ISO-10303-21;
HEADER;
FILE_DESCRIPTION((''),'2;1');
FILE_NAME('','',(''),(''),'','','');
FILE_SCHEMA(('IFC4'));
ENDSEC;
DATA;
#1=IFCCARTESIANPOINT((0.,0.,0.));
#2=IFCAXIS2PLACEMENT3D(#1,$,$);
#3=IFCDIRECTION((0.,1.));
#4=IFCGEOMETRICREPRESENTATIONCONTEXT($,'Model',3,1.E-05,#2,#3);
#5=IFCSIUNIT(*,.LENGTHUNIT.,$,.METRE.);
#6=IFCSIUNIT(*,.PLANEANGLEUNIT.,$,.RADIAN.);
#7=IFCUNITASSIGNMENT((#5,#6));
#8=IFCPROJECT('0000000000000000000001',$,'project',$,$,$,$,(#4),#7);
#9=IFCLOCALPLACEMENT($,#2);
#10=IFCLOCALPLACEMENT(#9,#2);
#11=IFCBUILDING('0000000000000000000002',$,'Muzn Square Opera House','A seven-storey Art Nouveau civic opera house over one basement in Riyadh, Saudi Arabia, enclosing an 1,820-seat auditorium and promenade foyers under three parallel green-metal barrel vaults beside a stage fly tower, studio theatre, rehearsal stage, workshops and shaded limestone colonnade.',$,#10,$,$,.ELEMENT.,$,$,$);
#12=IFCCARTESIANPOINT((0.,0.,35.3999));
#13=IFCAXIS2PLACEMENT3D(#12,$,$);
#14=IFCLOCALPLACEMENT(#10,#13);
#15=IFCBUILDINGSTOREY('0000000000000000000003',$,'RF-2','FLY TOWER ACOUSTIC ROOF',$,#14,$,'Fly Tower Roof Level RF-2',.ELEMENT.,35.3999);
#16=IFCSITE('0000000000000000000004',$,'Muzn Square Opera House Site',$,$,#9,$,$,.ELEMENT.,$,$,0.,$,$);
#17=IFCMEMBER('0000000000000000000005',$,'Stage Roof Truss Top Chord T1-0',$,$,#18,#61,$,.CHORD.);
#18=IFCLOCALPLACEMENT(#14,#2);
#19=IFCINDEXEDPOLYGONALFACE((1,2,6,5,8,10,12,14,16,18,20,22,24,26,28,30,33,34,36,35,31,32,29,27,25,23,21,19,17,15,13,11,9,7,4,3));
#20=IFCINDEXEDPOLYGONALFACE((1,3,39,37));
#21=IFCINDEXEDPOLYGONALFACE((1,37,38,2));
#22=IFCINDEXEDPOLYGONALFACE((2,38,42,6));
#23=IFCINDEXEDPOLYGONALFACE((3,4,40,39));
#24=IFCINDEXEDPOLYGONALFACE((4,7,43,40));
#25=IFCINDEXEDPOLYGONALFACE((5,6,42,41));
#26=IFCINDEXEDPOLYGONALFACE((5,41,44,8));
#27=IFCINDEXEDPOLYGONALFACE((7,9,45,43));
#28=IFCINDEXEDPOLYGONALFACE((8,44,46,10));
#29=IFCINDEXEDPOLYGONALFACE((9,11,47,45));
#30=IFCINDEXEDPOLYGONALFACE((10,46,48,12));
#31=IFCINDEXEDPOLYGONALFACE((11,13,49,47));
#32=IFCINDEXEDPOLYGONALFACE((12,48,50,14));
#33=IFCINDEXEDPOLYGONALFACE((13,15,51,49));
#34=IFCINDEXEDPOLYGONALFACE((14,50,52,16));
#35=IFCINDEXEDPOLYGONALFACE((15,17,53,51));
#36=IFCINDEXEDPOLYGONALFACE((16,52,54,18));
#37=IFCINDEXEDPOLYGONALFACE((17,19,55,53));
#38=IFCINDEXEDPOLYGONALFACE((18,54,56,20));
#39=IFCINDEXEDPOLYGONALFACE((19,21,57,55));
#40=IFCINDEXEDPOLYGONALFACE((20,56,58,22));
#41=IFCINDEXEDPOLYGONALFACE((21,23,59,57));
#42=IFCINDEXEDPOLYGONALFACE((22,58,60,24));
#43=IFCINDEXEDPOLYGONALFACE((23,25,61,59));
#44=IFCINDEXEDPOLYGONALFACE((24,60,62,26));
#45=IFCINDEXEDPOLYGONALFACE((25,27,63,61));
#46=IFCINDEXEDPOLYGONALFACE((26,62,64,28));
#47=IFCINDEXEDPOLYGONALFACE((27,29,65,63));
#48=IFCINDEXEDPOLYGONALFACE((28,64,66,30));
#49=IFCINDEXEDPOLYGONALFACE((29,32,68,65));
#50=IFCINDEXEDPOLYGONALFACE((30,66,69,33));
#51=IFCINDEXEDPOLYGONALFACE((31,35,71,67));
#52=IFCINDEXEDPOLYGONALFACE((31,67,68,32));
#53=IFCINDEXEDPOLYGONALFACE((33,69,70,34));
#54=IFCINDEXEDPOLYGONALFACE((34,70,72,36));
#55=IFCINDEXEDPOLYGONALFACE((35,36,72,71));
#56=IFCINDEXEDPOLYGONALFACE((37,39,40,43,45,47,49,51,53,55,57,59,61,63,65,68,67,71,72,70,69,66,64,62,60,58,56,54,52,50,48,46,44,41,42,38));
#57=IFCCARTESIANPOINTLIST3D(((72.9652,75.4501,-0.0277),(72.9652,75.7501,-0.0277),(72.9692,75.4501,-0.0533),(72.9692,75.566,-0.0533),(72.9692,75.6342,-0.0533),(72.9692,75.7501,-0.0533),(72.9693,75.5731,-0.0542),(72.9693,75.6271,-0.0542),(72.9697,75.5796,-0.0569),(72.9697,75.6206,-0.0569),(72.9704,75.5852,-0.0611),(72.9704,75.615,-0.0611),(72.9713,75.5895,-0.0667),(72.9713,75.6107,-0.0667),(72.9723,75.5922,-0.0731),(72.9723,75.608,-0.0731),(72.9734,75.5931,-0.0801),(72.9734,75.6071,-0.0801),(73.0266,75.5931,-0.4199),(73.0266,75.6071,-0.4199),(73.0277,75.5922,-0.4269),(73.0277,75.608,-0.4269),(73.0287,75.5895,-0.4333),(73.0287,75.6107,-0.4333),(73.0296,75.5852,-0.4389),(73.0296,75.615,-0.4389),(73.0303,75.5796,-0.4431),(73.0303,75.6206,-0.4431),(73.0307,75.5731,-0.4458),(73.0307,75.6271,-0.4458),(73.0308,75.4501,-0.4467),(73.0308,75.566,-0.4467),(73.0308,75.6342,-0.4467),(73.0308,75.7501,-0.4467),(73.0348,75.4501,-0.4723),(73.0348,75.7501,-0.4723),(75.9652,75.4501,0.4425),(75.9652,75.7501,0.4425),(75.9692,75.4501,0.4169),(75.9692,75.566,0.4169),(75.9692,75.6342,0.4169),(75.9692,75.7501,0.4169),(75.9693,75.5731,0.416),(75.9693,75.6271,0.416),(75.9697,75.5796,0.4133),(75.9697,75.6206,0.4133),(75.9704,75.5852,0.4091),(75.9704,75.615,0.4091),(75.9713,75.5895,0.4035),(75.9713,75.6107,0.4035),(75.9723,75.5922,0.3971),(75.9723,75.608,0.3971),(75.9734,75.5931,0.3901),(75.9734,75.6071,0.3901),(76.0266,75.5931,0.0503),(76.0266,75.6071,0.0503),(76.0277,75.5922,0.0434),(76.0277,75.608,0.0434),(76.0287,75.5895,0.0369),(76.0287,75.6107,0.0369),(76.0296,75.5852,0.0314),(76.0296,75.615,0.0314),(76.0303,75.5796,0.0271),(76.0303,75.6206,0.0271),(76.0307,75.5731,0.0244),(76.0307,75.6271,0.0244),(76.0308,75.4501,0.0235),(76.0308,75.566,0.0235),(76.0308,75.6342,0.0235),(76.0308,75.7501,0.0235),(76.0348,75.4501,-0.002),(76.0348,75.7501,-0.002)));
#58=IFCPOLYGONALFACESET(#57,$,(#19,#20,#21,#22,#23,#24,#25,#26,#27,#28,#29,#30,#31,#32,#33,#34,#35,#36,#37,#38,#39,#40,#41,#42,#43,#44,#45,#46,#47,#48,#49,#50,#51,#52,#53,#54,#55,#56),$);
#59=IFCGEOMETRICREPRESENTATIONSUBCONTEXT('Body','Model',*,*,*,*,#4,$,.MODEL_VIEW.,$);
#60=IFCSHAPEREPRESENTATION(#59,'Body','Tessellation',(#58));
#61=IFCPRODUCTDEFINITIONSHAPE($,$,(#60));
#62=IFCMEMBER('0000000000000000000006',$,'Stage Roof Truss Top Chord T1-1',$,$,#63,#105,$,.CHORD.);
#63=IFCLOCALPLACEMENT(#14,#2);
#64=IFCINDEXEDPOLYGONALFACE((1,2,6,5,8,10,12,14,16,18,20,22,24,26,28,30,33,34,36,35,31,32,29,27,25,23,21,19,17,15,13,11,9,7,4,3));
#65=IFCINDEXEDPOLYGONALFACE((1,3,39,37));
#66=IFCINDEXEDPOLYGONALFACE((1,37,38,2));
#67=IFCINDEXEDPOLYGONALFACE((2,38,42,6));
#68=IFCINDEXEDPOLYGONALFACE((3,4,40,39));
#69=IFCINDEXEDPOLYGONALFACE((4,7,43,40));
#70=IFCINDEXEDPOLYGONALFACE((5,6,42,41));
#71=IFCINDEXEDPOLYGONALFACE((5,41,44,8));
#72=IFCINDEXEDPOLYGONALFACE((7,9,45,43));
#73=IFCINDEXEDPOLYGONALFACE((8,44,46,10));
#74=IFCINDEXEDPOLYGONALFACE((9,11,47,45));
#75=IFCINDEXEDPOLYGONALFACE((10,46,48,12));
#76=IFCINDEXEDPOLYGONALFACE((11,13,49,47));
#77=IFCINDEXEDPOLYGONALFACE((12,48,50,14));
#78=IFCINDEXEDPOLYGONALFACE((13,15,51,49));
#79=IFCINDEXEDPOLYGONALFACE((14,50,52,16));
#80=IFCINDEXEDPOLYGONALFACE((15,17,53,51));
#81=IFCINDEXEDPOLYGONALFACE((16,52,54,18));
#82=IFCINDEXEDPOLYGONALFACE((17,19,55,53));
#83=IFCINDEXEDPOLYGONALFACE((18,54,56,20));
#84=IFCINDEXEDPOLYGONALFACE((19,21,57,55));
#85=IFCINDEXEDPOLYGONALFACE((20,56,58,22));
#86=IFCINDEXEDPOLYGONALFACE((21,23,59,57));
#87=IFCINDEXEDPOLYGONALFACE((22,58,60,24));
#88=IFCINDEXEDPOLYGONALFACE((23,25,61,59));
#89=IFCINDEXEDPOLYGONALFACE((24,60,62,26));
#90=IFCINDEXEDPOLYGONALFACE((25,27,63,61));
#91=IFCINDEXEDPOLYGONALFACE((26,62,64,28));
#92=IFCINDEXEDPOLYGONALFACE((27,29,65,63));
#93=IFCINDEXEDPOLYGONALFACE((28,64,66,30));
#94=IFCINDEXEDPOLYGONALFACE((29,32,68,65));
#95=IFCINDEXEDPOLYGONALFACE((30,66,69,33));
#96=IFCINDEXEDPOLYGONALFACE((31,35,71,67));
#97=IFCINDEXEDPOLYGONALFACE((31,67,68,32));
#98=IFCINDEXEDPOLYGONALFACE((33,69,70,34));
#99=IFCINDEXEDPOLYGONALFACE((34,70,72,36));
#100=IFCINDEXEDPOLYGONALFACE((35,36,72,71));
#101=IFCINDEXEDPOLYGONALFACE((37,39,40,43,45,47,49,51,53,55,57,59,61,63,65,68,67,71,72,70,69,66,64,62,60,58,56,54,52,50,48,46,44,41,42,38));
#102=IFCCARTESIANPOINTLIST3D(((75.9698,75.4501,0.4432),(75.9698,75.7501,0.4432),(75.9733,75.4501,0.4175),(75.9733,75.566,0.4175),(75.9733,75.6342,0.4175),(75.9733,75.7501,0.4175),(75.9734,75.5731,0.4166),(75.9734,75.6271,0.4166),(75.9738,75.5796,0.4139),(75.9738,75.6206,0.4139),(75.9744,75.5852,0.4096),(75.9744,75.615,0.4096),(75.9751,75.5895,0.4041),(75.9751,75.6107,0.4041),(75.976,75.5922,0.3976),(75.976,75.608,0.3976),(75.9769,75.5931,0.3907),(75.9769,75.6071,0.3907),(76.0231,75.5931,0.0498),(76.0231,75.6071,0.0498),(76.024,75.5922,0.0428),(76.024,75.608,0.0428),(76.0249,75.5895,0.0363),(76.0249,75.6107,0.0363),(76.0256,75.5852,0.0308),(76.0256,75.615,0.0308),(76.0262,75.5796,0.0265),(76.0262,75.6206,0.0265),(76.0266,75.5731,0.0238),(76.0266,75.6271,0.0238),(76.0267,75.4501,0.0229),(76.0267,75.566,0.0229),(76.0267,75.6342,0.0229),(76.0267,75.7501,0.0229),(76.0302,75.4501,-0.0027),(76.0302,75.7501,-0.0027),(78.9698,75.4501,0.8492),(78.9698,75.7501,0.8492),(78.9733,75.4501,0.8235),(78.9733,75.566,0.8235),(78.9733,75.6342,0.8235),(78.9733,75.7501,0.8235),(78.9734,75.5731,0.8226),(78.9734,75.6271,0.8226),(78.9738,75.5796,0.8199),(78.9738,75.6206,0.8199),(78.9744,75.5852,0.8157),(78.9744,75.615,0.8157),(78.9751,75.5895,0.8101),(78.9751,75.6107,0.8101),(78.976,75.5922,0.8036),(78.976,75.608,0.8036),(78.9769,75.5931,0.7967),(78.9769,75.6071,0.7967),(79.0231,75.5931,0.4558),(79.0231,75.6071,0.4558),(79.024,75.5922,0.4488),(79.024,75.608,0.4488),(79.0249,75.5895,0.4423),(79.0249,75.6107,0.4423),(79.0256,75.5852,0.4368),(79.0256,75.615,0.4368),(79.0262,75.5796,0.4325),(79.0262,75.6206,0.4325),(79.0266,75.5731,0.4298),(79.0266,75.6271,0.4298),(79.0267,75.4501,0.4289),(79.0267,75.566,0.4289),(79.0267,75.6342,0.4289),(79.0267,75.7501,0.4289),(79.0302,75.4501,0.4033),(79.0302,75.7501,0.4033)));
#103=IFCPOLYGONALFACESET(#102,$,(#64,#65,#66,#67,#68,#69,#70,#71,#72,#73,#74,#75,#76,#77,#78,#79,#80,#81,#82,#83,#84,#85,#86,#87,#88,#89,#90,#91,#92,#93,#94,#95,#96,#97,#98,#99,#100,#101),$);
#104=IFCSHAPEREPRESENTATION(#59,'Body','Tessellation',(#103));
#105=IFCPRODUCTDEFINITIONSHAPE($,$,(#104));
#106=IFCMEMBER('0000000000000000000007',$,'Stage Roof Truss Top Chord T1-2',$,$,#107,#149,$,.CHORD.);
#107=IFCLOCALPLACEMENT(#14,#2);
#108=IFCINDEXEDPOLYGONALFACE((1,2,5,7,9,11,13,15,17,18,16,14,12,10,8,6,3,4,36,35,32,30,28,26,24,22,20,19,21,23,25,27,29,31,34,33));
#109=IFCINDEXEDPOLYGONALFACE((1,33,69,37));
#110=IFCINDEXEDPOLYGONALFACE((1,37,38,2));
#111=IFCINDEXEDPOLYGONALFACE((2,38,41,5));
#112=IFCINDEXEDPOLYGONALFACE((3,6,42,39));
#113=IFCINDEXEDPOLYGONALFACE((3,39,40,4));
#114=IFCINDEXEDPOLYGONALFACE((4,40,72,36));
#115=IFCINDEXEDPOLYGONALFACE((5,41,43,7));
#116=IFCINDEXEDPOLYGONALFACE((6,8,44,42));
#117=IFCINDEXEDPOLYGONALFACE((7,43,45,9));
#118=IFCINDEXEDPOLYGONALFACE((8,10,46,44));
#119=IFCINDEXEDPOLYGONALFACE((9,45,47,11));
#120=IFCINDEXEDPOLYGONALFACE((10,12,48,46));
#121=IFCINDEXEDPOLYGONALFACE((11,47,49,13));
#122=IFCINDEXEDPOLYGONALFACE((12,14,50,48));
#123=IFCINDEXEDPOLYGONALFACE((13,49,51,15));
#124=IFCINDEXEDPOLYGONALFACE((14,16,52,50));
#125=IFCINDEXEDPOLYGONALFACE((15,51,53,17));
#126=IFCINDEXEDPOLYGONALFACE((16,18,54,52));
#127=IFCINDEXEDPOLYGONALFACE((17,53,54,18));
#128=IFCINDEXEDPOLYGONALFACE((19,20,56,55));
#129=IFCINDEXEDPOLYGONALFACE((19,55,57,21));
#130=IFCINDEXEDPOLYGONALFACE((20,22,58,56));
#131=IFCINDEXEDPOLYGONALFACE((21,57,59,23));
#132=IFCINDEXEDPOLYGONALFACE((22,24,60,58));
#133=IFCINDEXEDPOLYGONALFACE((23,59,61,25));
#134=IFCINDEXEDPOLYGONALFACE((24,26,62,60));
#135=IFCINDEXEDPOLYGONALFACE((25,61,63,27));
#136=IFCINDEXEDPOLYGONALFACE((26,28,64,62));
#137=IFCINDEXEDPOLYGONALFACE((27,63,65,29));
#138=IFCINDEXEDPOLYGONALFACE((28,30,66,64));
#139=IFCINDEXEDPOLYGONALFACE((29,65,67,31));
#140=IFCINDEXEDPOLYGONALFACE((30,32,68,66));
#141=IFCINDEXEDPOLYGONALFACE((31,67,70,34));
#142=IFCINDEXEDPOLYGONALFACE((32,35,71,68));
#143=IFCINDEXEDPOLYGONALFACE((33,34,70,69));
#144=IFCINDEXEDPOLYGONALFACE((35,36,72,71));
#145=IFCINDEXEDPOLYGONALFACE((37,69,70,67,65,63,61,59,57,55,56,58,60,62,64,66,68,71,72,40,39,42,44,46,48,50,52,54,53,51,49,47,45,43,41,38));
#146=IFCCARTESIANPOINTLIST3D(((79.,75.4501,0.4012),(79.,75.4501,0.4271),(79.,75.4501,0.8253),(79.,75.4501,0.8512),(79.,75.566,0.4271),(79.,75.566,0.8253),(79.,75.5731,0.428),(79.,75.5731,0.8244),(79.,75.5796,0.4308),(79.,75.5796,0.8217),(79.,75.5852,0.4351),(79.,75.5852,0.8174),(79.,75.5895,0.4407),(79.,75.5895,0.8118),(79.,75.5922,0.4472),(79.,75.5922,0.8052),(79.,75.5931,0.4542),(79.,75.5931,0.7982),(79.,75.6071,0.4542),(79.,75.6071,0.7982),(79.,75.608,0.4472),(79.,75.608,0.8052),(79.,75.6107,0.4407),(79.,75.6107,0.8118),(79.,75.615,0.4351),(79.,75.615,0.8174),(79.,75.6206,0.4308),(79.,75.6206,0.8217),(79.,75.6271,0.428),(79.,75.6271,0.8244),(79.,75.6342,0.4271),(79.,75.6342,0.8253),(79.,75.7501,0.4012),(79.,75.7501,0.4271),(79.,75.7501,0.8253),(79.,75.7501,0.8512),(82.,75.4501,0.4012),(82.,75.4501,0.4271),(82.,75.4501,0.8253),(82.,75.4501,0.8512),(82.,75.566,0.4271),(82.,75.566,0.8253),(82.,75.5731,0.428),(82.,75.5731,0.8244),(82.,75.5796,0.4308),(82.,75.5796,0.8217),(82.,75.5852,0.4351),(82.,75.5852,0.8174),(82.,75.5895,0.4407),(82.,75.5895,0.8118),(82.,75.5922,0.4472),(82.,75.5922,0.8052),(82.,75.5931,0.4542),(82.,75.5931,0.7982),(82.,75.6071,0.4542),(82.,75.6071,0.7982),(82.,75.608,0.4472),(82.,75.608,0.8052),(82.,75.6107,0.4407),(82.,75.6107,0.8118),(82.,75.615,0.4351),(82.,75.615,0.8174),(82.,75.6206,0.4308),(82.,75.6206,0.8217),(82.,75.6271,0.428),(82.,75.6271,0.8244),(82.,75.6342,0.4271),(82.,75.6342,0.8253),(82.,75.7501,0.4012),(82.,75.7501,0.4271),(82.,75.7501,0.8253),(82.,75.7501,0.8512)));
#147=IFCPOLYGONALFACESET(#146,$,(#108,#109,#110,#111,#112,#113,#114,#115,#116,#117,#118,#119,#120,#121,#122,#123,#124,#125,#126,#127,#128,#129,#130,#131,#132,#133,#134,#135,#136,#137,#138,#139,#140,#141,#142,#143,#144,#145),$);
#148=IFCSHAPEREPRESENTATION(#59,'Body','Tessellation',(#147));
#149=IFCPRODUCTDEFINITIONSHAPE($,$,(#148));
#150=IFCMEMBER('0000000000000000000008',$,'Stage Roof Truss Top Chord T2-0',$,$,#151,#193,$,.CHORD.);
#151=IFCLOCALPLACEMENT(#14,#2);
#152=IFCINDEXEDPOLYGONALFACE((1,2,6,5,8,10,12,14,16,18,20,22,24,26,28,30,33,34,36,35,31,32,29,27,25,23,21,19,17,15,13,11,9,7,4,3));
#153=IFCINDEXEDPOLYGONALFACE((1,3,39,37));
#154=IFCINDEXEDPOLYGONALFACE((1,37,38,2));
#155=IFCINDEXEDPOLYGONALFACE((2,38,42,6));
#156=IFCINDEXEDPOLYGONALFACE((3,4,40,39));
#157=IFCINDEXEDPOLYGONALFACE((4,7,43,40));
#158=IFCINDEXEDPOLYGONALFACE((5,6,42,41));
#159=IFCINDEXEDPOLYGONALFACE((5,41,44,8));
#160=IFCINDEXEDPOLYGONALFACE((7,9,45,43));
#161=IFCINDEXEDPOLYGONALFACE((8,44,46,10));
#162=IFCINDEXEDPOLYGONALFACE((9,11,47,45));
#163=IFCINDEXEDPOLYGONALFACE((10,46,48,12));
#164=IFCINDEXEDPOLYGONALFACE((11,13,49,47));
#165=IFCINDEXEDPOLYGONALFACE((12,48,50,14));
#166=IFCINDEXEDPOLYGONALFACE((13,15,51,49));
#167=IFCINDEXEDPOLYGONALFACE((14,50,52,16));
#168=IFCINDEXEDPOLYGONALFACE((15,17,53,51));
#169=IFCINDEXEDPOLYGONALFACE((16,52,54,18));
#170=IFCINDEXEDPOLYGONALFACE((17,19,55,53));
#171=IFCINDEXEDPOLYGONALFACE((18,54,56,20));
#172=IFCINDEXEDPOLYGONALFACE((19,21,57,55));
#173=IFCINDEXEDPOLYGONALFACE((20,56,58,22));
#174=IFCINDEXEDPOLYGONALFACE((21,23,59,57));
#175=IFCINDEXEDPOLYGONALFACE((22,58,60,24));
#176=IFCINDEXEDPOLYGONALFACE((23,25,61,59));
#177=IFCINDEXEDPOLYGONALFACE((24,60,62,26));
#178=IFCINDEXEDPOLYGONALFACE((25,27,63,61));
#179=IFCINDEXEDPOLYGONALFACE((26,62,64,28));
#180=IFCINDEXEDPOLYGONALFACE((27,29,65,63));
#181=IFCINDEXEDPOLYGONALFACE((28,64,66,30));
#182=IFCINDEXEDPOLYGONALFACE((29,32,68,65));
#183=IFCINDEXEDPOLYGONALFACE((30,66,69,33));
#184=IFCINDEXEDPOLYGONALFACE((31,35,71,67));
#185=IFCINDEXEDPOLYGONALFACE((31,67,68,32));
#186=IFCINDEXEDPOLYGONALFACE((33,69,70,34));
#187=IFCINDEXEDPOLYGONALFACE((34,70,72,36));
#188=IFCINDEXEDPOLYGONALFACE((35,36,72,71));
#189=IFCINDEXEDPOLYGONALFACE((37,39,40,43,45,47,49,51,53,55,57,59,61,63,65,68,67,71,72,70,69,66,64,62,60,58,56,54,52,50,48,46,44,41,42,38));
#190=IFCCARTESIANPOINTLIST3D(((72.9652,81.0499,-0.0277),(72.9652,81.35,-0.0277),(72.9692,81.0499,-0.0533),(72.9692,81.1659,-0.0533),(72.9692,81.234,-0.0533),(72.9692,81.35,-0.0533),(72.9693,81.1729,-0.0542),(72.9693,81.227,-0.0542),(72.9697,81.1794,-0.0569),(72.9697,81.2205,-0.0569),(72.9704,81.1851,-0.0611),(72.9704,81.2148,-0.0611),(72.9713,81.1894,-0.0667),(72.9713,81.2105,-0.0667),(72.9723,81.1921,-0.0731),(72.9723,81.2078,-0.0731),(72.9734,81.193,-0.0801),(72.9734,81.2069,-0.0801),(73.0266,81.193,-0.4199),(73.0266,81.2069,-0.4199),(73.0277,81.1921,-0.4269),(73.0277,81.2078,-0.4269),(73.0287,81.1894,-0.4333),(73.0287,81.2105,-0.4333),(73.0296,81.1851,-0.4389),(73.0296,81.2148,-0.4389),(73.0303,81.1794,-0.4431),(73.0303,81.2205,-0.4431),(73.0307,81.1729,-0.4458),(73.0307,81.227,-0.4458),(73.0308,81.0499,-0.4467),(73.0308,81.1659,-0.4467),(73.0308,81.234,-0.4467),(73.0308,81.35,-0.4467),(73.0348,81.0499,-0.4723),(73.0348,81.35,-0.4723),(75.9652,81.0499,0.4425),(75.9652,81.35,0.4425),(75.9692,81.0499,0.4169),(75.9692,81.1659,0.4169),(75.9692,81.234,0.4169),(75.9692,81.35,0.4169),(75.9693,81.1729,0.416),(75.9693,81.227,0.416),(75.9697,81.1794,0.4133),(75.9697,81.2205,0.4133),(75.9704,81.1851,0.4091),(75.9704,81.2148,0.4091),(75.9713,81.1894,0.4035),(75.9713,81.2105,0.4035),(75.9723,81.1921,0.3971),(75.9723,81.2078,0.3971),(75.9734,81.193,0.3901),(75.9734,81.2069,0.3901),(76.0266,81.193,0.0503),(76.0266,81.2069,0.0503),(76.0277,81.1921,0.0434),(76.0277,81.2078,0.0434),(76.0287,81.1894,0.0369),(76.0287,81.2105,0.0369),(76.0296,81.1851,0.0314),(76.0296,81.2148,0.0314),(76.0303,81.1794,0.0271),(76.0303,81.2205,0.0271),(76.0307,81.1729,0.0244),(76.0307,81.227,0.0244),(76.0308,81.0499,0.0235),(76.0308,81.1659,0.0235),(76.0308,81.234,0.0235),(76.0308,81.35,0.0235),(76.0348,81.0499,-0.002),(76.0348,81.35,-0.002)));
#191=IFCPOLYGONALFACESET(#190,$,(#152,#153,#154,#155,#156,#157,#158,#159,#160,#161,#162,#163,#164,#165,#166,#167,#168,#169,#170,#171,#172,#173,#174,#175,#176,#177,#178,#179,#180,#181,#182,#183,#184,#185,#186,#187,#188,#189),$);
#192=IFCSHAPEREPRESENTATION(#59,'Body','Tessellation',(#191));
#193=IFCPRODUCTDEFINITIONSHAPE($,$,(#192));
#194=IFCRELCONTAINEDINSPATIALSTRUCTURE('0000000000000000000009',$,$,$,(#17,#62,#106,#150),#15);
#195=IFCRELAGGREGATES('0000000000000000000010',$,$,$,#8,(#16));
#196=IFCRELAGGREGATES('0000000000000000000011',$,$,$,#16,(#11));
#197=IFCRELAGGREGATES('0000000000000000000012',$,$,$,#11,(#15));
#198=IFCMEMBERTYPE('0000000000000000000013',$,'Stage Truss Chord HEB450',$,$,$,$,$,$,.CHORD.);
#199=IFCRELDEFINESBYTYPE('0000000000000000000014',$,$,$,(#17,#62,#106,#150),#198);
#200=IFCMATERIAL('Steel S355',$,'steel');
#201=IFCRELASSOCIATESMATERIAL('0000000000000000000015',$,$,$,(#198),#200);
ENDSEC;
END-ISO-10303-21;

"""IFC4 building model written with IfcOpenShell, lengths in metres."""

from ifc_helpers import new_model, si_unit, direction, frame, origin, origin_2d, place, context, subcontext, project, spatial, i_section, extrude, material, material_profile, profile_set, type_object, element, save


model = new_model("IFC4")

# Units and contexts
model_context = context("Model", 3, precision=1e-05, world=origin(), true_north=direction((0.0, 1.0)))
body_context = subcontext(model_context, "Body", "Model", "MODEL_VIEW")
ifc_project = project(units=[si_unit("LENGTHUNIT", "METRE"), si_unit("PLANEANGLEUNIT", "RADIAN")], contexts=[model_context])

# Site, building, storey
site_placement = place(None, origin())
site = spatial("IfcSite", under=ifc_project, at=site_placement, Name="Muzn Square Opera House Site", CompositionType="ELEMENT", RefElevation=0.0)
building_placement = place(site_placement, origin())
building = spatial("IfcBuilding", under=site, at=building_placement, Name="Muzn Square Opera House", Description="A seven-storey Art Nouveau civic opera house over one basement in Riyadh, Saudi Arabia, enclosing an 1,820-seat auditorium and promenade foyers under three parallel green-metal barrel vaults beside a stage fly tower, studio theatre, rehearsal stage, workshops and shaded limestone colonnade.", CompositionType="ELEMENT")
storey_placement = place(building_placement, frame((0.0, 0.0, 35.3999)))
storey = spatial("IfcBuildingStorey", under=building, at=storey_placement, Name="RF-2", Description="FLY TOWER ACOUSTIC ROOF", LongName="Fly Tower Roof Level RF-2", CompositionType="ELEMENT", Elevation=35.3999)

# Members
ifc_material = material(Name="Steel S355", Category="steel")
ifc_material_profile_1 = material_profile(ifc_material, i_section(OverallWidth=0.3, OverallDepth=0.45, WebThickness=0.0139, FlangeThickness=0.0259, FilletRadius=0.0271, at=origin_2d()), Name="HEB 450", Category="steel")
ifc_profile_set_1 = profile_set([ifc_material_profile_1], Name="Steel S355")
member_type_1 = type_object("IfcMemberType", Name="Stage Truss Chord HEB450", PredefinedType="CHORD", material=ifc_profile_set_1)
member_1_placement = place(storey_placement, frame((73.0, 75.6001, -0.25), z_axis=(0.987938, 0.0, 0.154848), x_axis=(0.0, 1.0, 0.0)))
element("IfcMember", 1, at=member_1_placement, inside=storey, type_object=member_type_1, Name="Stage Roof Truss Top Chord T1-0", PredefinedType="CHORD", context=body_context, shape_type="SweptSolid", body=[
    extrude(i_section(OverallWidth=0.3, OverallDepth=0.45, WebThickness=0.0139, FlangeThickness=0.0259, FilletRadius=0.0271, at=origin_2d()), origin(), (0.0, 0.0, 1.0), 3.0366),
])
member_2_placement = place(storey_placement, frame((76.0, 75.6001, 0.2202), z_axis=(0.990966, 0.0, 0.134113), x_axis=(0.0, 1.0, 0.0)))
element("IfcMember", 2, at=member_2_placement, inside=storey, type_object=member_type_1, Name="Stage Roof Truss Top Chord T1-1", PredefinedType="CHORD", context=body_context, shape_type="SweptSolid", body=[
    extrude(i_section(OverallWidth=0.3, OverallDepth=0.45, WebThickness=0.0139, FlangeThickness=0.0259, FilletRadius=0.0271, at=origin_2d()), origin(), (0.0, 0.0, 1.0), 3.0273),
])
member_3_placement = place(storey_placement, frame((79.0, 75.6001, 0.6262), z_axis=(1.0, 0.0, 0.0), x_axis=(0.0, 1.0, 0.0)))
element("IfcMember", 3, at=member_3_placement, inside=storey, type_object=member_type_1, Name="Stage Roof Truss Top Chord T1-2", PredefinedType="CHORD", context=body_context, shape_type="SweptSolid", body=[
    extrude(i_section(OverallWidth=0.3, OverallDepth=0.45, WebThickness=0.0139, FlangeThickness=0.0259, FilletRadius=0.0271, at=origin_2d()), origin(), (0.0, 0.0, 1.0), 3.0),
])
for number, where, z_axis, x_axis, name in (
    (4, (73.0, 81.2, -0.25), (0.987938, 0.0, 0.154848), (0.0, 1.0, 0.0), "Stage Roof Truss Top Chord T2-0"),
):
    element("IfcMember", number, at=place(storey_placement, frame(where, z_axis=z_axis, x_axis=x_axis)), inside=storey, type_object=member_type_1, Name=name, PredefinedType="CHORD", context=body_context, shape_type="SweptSolid", body=[
        extrude(i_section(OverallWidth=0.3, OverallDepth=0.45, WebThickness=0.0139, FlangeThickness=0.0259, FilletRadius=0.0271, at=origin_2d()), origin(), (0.0, 0.0, 1.0), 3.0366),
    ])

save(model, "model.ifc")
